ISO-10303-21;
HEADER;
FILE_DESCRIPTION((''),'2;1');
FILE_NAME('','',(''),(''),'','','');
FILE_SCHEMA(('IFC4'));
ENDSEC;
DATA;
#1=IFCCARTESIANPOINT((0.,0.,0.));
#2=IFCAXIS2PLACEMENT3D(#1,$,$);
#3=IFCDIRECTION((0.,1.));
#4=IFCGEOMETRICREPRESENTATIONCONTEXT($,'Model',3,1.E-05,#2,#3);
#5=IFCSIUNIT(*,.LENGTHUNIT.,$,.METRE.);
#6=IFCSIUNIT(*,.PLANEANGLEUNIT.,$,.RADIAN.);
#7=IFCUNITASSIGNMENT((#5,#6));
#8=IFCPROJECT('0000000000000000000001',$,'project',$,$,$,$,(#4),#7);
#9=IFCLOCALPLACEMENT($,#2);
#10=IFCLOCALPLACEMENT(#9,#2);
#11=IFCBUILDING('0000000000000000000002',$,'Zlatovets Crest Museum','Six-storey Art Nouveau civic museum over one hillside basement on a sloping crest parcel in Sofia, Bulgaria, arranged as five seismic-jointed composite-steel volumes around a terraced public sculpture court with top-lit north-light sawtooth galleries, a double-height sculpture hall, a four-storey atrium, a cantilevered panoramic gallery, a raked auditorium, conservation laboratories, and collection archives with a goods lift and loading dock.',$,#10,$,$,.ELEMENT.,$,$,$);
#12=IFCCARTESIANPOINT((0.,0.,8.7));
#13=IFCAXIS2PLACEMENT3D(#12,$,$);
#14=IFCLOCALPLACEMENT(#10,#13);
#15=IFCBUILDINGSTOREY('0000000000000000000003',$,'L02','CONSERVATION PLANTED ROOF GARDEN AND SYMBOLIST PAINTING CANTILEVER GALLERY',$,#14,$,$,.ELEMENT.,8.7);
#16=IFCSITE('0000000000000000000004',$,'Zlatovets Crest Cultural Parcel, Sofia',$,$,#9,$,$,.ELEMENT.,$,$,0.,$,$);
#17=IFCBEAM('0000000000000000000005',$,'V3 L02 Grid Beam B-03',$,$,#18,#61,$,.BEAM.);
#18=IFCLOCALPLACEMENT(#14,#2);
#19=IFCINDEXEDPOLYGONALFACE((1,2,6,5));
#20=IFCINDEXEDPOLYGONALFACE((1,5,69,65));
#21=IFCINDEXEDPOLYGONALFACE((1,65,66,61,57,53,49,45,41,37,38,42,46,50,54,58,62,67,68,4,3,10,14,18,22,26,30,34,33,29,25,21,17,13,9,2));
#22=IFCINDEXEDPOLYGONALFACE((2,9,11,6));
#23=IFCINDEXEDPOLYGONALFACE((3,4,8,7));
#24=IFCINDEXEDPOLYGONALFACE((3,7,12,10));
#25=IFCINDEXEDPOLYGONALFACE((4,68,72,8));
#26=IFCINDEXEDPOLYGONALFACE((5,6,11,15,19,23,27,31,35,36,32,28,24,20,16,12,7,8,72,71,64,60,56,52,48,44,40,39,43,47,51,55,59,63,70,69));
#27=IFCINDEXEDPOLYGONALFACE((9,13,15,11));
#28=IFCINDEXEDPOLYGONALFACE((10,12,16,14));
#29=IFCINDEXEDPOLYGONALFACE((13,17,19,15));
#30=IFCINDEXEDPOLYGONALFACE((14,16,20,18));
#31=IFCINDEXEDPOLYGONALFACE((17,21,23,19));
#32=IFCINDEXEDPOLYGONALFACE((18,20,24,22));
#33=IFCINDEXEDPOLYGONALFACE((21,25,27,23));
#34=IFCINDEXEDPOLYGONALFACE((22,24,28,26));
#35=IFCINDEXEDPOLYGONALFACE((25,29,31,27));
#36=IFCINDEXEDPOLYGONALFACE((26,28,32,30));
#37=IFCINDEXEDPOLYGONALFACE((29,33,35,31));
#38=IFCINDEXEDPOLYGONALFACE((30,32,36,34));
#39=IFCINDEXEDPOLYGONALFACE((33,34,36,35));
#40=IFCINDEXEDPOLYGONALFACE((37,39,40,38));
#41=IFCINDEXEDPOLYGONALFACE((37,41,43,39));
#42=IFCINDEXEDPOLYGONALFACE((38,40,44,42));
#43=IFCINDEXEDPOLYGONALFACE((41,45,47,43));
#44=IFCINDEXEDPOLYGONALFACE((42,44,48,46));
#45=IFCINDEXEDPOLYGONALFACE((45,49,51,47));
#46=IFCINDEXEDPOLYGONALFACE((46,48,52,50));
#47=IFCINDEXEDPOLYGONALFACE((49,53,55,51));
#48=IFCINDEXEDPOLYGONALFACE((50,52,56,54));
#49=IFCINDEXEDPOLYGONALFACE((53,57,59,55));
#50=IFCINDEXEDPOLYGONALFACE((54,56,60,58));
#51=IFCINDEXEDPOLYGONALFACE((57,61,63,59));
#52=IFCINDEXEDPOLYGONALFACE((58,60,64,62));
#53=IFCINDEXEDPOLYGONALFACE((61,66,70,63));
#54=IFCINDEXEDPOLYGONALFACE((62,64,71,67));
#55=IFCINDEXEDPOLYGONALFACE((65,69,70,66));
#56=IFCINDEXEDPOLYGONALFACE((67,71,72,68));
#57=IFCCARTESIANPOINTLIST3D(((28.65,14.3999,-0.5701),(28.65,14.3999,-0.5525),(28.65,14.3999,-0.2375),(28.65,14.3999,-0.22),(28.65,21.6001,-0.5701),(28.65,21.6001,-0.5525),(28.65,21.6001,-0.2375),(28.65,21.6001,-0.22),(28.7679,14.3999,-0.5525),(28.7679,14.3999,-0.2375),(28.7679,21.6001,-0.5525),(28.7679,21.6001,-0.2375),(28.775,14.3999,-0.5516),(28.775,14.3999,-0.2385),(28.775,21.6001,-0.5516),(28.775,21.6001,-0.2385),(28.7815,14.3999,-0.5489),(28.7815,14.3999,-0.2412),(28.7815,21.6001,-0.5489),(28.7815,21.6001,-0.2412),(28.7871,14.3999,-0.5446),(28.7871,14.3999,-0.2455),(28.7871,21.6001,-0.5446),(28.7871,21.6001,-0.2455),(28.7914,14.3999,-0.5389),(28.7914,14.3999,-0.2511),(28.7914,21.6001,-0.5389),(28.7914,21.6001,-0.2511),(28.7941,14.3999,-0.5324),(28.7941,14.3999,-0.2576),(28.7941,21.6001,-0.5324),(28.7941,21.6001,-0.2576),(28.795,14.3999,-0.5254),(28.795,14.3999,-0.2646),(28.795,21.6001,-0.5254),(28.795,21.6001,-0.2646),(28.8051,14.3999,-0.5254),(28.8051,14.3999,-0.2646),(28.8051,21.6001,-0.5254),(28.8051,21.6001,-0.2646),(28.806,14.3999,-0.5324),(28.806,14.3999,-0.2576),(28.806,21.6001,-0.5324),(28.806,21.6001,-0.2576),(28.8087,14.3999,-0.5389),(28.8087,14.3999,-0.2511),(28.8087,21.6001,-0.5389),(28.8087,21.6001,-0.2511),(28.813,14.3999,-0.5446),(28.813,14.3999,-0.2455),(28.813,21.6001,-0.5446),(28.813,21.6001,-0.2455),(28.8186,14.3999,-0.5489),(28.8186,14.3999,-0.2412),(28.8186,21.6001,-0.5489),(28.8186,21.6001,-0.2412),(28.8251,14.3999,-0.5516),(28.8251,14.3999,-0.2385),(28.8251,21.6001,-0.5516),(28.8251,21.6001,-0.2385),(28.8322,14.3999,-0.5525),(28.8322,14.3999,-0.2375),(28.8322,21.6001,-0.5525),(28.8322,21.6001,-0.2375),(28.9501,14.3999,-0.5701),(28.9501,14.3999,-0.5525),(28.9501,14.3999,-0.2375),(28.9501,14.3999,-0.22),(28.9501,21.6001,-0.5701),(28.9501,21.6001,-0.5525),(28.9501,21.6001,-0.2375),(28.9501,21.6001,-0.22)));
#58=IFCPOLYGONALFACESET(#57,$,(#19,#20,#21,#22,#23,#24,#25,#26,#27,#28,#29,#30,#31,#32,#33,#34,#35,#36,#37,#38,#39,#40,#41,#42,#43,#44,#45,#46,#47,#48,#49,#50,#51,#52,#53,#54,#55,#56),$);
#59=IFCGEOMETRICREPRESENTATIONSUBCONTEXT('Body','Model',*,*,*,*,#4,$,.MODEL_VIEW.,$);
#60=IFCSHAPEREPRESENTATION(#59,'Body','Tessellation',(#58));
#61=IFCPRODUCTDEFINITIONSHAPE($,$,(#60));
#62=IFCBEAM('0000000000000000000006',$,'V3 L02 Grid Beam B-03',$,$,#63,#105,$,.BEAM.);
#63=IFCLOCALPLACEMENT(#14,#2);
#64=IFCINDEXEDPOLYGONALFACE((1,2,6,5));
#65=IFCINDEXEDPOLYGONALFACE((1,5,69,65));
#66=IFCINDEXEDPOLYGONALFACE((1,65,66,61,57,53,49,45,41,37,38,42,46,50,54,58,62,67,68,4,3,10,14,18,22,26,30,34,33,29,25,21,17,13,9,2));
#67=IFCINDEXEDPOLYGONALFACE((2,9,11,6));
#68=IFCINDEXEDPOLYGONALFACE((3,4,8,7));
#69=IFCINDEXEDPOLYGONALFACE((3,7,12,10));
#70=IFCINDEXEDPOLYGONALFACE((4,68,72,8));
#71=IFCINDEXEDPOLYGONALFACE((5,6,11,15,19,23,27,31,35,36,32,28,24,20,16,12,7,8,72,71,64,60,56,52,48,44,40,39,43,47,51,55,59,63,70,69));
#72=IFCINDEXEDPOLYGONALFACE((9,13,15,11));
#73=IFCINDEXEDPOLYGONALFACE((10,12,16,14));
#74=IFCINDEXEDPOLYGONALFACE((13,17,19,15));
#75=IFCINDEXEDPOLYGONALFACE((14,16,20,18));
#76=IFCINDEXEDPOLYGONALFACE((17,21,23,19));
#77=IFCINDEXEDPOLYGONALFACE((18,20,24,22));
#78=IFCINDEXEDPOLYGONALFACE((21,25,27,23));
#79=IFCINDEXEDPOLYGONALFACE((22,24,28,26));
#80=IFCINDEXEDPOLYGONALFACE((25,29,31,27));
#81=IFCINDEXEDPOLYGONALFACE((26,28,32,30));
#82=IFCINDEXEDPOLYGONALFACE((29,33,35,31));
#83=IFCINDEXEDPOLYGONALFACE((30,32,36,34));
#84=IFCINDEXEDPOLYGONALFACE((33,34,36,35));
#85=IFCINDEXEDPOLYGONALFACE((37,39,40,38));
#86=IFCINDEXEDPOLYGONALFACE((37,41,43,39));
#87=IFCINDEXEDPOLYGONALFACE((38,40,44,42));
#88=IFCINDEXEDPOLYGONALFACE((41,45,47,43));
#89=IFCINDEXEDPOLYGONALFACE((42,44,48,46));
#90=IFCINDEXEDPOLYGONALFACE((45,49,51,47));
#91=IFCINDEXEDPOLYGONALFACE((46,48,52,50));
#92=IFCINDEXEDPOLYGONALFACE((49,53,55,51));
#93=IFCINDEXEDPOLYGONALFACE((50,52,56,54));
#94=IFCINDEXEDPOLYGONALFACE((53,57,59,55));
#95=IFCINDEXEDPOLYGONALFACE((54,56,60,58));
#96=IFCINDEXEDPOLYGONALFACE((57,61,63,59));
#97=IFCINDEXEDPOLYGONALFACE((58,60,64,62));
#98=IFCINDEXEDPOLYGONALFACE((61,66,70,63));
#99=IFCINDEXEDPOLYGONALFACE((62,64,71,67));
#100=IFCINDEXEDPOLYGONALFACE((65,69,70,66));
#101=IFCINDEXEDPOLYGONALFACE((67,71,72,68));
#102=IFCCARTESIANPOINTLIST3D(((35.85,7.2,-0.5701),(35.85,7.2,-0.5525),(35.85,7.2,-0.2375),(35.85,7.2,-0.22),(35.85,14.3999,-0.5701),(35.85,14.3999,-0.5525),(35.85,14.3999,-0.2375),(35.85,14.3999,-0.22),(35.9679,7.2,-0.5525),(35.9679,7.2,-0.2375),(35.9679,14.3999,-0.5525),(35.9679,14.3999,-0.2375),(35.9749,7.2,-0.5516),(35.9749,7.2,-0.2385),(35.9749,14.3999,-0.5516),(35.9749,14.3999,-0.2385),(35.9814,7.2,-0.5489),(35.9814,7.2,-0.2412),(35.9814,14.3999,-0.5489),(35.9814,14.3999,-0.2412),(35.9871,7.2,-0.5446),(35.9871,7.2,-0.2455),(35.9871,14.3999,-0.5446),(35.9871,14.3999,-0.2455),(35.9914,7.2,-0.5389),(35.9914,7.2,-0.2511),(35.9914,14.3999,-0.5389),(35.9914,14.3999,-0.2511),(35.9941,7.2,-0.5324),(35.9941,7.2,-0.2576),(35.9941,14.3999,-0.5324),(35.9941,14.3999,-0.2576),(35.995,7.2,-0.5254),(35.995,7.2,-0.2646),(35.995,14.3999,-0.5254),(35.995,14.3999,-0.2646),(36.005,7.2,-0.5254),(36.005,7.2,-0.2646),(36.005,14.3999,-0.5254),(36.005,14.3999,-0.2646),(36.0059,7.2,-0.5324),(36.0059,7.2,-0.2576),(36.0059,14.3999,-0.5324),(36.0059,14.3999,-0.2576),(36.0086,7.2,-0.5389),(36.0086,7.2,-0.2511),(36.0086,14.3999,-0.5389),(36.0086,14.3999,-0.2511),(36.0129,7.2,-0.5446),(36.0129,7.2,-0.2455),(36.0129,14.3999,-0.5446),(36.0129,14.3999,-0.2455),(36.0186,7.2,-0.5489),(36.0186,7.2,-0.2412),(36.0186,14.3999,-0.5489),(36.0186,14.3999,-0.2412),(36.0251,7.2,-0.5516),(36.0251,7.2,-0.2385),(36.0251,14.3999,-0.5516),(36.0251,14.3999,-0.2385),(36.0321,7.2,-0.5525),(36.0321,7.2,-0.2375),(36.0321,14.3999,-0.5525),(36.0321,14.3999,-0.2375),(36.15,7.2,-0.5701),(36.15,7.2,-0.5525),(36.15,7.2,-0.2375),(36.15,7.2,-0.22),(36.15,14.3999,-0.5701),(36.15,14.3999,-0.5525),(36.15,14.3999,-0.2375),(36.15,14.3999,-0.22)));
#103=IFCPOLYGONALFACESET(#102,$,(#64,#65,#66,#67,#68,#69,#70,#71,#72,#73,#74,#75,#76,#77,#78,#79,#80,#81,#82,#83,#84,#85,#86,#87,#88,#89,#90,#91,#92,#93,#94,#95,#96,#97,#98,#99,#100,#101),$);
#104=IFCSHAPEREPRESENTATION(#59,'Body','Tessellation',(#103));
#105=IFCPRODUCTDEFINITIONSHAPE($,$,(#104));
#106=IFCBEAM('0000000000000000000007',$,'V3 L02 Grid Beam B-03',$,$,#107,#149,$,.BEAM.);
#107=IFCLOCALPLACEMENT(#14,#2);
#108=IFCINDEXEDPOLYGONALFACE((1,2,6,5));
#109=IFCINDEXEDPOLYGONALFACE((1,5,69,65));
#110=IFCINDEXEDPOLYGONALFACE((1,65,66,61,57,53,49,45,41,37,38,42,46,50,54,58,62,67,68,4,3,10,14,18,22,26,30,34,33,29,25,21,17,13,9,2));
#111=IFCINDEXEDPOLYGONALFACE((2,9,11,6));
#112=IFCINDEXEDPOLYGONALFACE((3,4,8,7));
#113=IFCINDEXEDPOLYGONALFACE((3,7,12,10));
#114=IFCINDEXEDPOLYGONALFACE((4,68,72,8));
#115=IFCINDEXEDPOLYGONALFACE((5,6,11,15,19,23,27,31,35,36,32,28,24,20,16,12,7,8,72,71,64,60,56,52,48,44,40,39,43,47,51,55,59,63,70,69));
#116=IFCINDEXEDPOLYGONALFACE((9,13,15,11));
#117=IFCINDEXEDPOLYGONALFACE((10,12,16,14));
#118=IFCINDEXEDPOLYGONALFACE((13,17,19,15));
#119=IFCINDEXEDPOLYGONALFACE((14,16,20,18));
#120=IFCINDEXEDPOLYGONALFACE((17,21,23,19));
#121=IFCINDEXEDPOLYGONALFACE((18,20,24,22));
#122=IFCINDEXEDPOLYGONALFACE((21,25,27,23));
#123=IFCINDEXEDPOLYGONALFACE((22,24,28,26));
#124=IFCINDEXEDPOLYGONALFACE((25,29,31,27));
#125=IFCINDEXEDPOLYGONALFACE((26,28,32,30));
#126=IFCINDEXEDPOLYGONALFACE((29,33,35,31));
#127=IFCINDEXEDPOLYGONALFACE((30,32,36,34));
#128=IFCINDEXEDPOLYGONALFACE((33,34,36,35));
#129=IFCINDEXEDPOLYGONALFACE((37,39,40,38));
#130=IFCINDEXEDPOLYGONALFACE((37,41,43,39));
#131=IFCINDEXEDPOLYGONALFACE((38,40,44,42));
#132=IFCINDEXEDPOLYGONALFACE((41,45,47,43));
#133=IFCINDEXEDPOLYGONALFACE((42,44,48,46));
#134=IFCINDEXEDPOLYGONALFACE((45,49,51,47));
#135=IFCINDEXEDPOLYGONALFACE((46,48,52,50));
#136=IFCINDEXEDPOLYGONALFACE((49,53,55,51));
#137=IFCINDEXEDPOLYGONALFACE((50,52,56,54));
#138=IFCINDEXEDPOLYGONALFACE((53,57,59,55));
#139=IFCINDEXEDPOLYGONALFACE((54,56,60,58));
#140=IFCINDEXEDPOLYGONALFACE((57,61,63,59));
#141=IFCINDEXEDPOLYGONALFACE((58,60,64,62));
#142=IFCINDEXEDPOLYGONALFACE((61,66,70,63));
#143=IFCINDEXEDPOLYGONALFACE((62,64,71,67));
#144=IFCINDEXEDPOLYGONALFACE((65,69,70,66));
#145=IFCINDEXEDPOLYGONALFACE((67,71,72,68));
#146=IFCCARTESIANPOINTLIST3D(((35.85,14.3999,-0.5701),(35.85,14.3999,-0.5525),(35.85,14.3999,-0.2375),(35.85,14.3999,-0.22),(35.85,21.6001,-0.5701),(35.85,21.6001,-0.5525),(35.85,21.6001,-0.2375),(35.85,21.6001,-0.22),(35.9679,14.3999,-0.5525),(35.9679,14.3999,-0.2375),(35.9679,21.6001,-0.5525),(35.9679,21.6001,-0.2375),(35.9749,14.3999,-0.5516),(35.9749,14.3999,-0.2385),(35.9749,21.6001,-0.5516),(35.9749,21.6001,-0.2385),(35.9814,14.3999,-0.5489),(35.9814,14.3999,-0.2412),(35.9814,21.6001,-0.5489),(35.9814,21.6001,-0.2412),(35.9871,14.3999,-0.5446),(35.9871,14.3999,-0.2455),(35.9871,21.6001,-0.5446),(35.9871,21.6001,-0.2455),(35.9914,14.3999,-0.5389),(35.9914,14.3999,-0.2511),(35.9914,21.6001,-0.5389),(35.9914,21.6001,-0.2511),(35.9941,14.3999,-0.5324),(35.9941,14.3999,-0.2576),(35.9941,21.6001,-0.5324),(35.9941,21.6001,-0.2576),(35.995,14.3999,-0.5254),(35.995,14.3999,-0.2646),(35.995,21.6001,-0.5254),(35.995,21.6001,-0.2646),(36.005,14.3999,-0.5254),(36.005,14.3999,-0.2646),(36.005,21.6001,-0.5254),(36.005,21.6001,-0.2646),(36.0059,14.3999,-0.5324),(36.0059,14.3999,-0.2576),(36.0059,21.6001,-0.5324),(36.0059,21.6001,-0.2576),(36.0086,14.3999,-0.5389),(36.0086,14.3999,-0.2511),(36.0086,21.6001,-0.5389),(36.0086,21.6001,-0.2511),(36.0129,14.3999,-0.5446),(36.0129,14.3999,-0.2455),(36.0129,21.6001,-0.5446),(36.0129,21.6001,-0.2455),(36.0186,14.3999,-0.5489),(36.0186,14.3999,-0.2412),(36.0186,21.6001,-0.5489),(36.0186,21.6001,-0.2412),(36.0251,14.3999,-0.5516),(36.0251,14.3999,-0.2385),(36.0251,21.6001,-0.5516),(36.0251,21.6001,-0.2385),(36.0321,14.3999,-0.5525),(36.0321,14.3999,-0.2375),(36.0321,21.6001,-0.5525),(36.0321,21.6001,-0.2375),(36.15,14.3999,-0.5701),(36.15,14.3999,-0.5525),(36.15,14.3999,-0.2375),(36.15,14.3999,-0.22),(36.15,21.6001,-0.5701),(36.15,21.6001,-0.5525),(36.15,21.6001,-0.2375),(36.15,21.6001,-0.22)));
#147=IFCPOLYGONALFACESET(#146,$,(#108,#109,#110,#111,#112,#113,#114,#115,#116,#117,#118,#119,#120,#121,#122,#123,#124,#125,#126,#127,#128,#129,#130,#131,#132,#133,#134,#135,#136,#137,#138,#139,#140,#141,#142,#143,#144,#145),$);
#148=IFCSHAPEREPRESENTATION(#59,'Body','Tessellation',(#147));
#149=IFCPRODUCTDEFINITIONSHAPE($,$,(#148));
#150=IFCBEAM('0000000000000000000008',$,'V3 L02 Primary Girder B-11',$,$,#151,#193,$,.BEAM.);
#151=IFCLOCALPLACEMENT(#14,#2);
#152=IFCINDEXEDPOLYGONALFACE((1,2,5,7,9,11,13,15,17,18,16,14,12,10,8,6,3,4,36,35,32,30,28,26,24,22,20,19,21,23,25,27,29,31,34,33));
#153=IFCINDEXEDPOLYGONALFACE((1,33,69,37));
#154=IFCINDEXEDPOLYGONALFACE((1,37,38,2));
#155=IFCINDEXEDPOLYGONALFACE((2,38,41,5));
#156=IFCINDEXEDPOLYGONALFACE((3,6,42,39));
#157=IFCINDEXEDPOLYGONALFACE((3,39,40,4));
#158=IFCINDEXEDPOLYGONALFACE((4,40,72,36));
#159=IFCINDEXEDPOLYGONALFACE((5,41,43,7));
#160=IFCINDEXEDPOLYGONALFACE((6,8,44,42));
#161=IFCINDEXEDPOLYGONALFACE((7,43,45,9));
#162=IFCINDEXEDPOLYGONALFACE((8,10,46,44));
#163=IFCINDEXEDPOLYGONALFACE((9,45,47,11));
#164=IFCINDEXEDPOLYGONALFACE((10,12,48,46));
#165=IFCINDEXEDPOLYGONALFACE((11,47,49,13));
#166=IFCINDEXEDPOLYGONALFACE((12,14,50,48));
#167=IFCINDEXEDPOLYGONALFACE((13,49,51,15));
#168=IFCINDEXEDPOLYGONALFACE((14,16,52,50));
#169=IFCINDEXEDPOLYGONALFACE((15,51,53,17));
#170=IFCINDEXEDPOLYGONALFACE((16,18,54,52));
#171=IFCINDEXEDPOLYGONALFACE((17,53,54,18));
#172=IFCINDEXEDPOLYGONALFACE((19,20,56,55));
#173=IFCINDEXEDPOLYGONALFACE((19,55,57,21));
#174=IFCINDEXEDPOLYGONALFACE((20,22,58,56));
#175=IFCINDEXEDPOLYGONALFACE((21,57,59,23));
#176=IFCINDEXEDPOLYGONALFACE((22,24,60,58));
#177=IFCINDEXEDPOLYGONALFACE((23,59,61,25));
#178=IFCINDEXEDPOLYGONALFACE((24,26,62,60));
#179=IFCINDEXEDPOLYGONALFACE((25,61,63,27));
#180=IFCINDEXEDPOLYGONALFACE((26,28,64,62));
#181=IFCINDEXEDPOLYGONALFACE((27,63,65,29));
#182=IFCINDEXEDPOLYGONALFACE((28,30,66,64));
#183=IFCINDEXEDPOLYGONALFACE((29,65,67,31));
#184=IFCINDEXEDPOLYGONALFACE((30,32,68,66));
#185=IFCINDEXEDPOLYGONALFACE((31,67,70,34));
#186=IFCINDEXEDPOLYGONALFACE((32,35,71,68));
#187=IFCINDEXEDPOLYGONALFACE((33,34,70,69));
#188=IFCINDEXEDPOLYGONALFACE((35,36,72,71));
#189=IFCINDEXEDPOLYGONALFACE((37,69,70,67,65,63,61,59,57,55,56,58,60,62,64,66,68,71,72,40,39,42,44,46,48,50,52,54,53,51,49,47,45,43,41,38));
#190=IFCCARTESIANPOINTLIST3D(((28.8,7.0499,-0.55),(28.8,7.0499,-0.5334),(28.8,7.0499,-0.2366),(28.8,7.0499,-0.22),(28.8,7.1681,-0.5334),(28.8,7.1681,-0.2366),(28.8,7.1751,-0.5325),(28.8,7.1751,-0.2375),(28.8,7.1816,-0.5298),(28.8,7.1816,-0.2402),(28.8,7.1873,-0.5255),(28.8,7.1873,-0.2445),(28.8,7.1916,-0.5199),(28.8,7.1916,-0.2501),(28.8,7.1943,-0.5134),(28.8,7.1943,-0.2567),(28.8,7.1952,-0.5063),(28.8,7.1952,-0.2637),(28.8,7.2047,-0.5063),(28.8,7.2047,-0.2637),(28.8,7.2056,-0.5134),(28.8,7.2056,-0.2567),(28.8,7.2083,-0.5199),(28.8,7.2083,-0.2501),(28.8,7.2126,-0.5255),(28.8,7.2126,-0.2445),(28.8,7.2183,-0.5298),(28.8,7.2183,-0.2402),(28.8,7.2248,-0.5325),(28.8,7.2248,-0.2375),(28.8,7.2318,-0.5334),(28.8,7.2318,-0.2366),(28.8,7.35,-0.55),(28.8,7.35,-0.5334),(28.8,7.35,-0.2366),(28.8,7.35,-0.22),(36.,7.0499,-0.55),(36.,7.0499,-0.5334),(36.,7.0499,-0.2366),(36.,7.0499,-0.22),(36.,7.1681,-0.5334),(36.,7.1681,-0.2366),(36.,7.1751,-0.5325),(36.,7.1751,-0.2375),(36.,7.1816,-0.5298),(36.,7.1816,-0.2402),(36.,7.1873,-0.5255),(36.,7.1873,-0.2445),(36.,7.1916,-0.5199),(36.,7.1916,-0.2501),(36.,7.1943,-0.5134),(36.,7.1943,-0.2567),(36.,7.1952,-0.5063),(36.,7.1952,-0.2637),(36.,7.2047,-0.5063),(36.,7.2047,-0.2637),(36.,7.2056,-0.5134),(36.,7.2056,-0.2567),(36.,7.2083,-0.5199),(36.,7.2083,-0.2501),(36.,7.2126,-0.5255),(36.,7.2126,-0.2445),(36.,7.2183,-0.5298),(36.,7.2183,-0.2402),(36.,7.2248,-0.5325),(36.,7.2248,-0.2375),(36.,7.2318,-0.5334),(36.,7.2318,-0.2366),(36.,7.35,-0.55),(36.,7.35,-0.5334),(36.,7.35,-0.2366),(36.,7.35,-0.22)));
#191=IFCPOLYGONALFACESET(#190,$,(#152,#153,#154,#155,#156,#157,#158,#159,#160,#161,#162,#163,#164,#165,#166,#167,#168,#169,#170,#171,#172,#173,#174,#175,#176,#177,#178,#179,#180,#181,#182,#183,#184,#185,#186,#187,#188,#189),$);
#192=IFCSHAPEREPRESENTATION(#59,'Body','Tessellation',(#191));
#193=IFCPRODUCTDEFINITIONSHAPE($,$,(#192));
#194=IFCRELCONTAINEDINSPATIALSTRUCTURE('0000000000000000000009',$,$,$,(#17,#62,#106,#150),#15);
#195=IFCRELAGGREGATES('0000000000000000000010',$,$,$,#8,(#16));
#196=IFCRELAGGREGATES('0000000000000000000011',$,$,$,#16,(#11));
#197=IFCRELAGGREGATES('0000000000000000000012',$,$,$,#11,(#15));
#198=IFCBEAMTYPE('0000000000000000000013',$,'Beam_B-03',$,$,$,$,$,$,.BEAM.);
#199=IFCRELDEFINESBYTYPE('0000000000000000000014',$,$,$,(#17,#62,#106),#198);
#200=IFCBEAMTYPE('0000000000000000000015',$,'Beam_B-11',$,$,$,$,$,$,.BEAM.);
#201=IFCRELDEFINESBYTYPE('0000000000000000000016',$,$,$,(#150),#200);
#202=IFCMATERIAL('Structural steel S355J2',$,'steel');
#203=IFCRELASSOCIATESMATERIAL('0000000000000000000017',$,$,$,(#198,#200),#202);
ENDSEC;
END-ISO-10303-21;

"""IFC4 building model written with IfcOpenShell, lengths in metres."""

from ifc_helpers import new_model, si_unit, direction, frame, origin, origin_2d, place, context, subcontext, project, spatial, i_section, extrude, material, material_profile, profile_set, type_object, element, save


model = new_model("IFC4")

# Units and contexts
model_context = context("Model", 3, precision=1e-05, world=origin(), true_north=direction((0.0, 1.0)))
body_context = subcontext(model_context, "Body", "Model", "MODEL_VIEW")
ifc_project = project(units=[si_unit("LENGTHUNIT", "METRE"), si_unit("PLANEANGLEUNIT", "RADIAN")], contexts=[model_context])

# Site, building, storey
site_placement = place(None, origin())
site = spatial("IfcSite", under=ifc_project, at=site_placement, Name="Zlatovets Crest Cultural Parcel, Sofia", CompositionType="ELEMENT", RefElevation=0.0)
building_placement = place(site_placement, origin())
building = spatial("IfcBuilding", under=site, at=building_placement, Name="Zlatovets Crest Museum", Description="Six-storey Art Nouveau civic museum over one hillside basement on a sloping crest parcel in Sofia, Bulgaria, arranged as five seismic-jointed composite-steel volumes around a terraced public sculpture court with top-lit north-light sawtooth galleries, a double-height sculpture hall, a four-storey atrium, a cantilevered panoramic gallery, a raked auditorium, conservation laboratories, and collection archives with a goods lift and loading dock.", CompositionType="ELEMENT")
storey_placement = place(building_placement, frame((0.0, 0.0, 8.7)))
storey = spatial("IfcBuildingStorey", under=building, at=storey_placement, Name="L02", Description="CONSERVATION PLANTED ROOF GARDEN AND SYMBOLIST PAINTING CANTILEVER GALLERY", CompositionType="ELEMENT", Elevation=8.7)

# Shared definitions
ifc_material_1 = material(Name="Structural steel S355J2", Category="steel")

# Beams
ifc_material_profile_1 = material_profile(ifc_material_1, i_section(OverallWidth=0.3, OverallDepth=0.3501, WebThickness=0.01, FlangeThickness=0.0176, FilletRadius=0.0271, at=origin_2d()), Name="HEA 360")
ifc_profile_set_1 = profile_set([ifc_material_profile_1], Name="Structural steel S355J2")
beam_type_1 = type_object("IfcBeamType", Name="Beam_B-03", PredefinedType="BEAM", material=ifc_profile_set_1)
beam_1_placement = place(storey_placement, frame((28.8, 14.3999, -0.395), z_axis=(0.0, 1.0, 0.0), x_axis=(-1.0, 0.0, 0.0)))
element("IfcBeam", 1, at=beam_1_placement, inside=storey, type_object=beam_type_1, Name="V3 L02 Grid Beam B-03", PredefinedType="BEAM", context=body_context, shape_type="SweptSolid", body=[
    extrude(i_section(OverallWidth=0.3, OverallDepth=0.3501, WebThickness=0.01, FlangeThickness=0.0176, FilletRadius=0.0271, at=origin_2d()), origin(), (0.0, 0.0, 1.0), 7.2002),
])
beam_2_placement = place(storey_placement, frame((36.0, 7.2, -0.395), z_axis=(0.0, 1.0, 0.0), x_axis=(-1.0, 0.0, 0.0)))
element("IfcBeam", 2, at=beam_2_placement, inside=storey, type_object=beam_type_1, Name="V3 L02 Grid Beam B-03", PredefinedType="BEAM", context=body_context, shape_type="SweptSolid", body=[
    extrude(i_section(OverallWidth=0.3, OverallDepth=0.3501, WebThickness=0.01, FlangeThickness=0.0176, FilletRadius=0.0271, at=origin_2d()), origin(), (0.0, 0.0, 1.0), 7.2),
])
beam_3_placement = place(storey_placement, frame((36.0, 14.3999, -0.395), z_axis=(0.0, 1.0, 0.0), x_axis=(-1.0, 0.0, 0.0)))
element("IfcBeam", 3, at=beam_3_placement, inside=storey, type_object=beam_type_1, Name="V3 L02 Grid Beam B-03", PredefinedType="BEAM", context=body_context, shape_type="SweptSolid", body=[
    extrude(i_section(OverallWidth=0.3, OverallDepth=0.3501, WebThickness=0.01, FlangeThickness=0.0176, FilletRadius=0.0271, at=origin_2d()), origin(), (0.0, 0.0, 1.0), 7.2002),
])
ifc_material_profile_2 = material_profile(ifc_material_1, i_section(OverallWidth=0.3, OverallDepth=0.3301, WebThickness=0.0095, FlangeThickness=0.0166, FilletRadius=0.0271, at=origin_2d()), Name="HEA 340")
ifc_profile_set_2 = profile_set([ifc_material_profile_2], Name="Structural steel S355J2")
beam_type_2 = type_object("IfcBeamType", Name="Beam_B-11", PredefinedType="BEAM", material=ifc_profile_set_2)
for number, where, z_axis, x_axis, name in (
    (4, (28.8, 7.2, -0.385), (1.0, 0.0, 0.0), (0.0, 1.0, 0.0), "V3 L02 Primary Girder B-11"),
):
    element("IfcBeam", number, at=place(storey_placement, frame(where, z_axis=z_axis, x_axis=x_axis)), inside=storey, type_object=beam_type_2, Name=name, PredefinedType="BEAM", context=body_context, shape_type="SweptSolid", body=[
        extrude(i_section(OverallWidth=0.3, OverallDepth=0.3301, WebThickness=0.0095, FlangeThickness=0.0166, FilletRadius=0.0271, at=origin_2d()), origin(), (0.0, 0.0, 1.0), 7.2),
    ])

save(model, "model.ifc")
